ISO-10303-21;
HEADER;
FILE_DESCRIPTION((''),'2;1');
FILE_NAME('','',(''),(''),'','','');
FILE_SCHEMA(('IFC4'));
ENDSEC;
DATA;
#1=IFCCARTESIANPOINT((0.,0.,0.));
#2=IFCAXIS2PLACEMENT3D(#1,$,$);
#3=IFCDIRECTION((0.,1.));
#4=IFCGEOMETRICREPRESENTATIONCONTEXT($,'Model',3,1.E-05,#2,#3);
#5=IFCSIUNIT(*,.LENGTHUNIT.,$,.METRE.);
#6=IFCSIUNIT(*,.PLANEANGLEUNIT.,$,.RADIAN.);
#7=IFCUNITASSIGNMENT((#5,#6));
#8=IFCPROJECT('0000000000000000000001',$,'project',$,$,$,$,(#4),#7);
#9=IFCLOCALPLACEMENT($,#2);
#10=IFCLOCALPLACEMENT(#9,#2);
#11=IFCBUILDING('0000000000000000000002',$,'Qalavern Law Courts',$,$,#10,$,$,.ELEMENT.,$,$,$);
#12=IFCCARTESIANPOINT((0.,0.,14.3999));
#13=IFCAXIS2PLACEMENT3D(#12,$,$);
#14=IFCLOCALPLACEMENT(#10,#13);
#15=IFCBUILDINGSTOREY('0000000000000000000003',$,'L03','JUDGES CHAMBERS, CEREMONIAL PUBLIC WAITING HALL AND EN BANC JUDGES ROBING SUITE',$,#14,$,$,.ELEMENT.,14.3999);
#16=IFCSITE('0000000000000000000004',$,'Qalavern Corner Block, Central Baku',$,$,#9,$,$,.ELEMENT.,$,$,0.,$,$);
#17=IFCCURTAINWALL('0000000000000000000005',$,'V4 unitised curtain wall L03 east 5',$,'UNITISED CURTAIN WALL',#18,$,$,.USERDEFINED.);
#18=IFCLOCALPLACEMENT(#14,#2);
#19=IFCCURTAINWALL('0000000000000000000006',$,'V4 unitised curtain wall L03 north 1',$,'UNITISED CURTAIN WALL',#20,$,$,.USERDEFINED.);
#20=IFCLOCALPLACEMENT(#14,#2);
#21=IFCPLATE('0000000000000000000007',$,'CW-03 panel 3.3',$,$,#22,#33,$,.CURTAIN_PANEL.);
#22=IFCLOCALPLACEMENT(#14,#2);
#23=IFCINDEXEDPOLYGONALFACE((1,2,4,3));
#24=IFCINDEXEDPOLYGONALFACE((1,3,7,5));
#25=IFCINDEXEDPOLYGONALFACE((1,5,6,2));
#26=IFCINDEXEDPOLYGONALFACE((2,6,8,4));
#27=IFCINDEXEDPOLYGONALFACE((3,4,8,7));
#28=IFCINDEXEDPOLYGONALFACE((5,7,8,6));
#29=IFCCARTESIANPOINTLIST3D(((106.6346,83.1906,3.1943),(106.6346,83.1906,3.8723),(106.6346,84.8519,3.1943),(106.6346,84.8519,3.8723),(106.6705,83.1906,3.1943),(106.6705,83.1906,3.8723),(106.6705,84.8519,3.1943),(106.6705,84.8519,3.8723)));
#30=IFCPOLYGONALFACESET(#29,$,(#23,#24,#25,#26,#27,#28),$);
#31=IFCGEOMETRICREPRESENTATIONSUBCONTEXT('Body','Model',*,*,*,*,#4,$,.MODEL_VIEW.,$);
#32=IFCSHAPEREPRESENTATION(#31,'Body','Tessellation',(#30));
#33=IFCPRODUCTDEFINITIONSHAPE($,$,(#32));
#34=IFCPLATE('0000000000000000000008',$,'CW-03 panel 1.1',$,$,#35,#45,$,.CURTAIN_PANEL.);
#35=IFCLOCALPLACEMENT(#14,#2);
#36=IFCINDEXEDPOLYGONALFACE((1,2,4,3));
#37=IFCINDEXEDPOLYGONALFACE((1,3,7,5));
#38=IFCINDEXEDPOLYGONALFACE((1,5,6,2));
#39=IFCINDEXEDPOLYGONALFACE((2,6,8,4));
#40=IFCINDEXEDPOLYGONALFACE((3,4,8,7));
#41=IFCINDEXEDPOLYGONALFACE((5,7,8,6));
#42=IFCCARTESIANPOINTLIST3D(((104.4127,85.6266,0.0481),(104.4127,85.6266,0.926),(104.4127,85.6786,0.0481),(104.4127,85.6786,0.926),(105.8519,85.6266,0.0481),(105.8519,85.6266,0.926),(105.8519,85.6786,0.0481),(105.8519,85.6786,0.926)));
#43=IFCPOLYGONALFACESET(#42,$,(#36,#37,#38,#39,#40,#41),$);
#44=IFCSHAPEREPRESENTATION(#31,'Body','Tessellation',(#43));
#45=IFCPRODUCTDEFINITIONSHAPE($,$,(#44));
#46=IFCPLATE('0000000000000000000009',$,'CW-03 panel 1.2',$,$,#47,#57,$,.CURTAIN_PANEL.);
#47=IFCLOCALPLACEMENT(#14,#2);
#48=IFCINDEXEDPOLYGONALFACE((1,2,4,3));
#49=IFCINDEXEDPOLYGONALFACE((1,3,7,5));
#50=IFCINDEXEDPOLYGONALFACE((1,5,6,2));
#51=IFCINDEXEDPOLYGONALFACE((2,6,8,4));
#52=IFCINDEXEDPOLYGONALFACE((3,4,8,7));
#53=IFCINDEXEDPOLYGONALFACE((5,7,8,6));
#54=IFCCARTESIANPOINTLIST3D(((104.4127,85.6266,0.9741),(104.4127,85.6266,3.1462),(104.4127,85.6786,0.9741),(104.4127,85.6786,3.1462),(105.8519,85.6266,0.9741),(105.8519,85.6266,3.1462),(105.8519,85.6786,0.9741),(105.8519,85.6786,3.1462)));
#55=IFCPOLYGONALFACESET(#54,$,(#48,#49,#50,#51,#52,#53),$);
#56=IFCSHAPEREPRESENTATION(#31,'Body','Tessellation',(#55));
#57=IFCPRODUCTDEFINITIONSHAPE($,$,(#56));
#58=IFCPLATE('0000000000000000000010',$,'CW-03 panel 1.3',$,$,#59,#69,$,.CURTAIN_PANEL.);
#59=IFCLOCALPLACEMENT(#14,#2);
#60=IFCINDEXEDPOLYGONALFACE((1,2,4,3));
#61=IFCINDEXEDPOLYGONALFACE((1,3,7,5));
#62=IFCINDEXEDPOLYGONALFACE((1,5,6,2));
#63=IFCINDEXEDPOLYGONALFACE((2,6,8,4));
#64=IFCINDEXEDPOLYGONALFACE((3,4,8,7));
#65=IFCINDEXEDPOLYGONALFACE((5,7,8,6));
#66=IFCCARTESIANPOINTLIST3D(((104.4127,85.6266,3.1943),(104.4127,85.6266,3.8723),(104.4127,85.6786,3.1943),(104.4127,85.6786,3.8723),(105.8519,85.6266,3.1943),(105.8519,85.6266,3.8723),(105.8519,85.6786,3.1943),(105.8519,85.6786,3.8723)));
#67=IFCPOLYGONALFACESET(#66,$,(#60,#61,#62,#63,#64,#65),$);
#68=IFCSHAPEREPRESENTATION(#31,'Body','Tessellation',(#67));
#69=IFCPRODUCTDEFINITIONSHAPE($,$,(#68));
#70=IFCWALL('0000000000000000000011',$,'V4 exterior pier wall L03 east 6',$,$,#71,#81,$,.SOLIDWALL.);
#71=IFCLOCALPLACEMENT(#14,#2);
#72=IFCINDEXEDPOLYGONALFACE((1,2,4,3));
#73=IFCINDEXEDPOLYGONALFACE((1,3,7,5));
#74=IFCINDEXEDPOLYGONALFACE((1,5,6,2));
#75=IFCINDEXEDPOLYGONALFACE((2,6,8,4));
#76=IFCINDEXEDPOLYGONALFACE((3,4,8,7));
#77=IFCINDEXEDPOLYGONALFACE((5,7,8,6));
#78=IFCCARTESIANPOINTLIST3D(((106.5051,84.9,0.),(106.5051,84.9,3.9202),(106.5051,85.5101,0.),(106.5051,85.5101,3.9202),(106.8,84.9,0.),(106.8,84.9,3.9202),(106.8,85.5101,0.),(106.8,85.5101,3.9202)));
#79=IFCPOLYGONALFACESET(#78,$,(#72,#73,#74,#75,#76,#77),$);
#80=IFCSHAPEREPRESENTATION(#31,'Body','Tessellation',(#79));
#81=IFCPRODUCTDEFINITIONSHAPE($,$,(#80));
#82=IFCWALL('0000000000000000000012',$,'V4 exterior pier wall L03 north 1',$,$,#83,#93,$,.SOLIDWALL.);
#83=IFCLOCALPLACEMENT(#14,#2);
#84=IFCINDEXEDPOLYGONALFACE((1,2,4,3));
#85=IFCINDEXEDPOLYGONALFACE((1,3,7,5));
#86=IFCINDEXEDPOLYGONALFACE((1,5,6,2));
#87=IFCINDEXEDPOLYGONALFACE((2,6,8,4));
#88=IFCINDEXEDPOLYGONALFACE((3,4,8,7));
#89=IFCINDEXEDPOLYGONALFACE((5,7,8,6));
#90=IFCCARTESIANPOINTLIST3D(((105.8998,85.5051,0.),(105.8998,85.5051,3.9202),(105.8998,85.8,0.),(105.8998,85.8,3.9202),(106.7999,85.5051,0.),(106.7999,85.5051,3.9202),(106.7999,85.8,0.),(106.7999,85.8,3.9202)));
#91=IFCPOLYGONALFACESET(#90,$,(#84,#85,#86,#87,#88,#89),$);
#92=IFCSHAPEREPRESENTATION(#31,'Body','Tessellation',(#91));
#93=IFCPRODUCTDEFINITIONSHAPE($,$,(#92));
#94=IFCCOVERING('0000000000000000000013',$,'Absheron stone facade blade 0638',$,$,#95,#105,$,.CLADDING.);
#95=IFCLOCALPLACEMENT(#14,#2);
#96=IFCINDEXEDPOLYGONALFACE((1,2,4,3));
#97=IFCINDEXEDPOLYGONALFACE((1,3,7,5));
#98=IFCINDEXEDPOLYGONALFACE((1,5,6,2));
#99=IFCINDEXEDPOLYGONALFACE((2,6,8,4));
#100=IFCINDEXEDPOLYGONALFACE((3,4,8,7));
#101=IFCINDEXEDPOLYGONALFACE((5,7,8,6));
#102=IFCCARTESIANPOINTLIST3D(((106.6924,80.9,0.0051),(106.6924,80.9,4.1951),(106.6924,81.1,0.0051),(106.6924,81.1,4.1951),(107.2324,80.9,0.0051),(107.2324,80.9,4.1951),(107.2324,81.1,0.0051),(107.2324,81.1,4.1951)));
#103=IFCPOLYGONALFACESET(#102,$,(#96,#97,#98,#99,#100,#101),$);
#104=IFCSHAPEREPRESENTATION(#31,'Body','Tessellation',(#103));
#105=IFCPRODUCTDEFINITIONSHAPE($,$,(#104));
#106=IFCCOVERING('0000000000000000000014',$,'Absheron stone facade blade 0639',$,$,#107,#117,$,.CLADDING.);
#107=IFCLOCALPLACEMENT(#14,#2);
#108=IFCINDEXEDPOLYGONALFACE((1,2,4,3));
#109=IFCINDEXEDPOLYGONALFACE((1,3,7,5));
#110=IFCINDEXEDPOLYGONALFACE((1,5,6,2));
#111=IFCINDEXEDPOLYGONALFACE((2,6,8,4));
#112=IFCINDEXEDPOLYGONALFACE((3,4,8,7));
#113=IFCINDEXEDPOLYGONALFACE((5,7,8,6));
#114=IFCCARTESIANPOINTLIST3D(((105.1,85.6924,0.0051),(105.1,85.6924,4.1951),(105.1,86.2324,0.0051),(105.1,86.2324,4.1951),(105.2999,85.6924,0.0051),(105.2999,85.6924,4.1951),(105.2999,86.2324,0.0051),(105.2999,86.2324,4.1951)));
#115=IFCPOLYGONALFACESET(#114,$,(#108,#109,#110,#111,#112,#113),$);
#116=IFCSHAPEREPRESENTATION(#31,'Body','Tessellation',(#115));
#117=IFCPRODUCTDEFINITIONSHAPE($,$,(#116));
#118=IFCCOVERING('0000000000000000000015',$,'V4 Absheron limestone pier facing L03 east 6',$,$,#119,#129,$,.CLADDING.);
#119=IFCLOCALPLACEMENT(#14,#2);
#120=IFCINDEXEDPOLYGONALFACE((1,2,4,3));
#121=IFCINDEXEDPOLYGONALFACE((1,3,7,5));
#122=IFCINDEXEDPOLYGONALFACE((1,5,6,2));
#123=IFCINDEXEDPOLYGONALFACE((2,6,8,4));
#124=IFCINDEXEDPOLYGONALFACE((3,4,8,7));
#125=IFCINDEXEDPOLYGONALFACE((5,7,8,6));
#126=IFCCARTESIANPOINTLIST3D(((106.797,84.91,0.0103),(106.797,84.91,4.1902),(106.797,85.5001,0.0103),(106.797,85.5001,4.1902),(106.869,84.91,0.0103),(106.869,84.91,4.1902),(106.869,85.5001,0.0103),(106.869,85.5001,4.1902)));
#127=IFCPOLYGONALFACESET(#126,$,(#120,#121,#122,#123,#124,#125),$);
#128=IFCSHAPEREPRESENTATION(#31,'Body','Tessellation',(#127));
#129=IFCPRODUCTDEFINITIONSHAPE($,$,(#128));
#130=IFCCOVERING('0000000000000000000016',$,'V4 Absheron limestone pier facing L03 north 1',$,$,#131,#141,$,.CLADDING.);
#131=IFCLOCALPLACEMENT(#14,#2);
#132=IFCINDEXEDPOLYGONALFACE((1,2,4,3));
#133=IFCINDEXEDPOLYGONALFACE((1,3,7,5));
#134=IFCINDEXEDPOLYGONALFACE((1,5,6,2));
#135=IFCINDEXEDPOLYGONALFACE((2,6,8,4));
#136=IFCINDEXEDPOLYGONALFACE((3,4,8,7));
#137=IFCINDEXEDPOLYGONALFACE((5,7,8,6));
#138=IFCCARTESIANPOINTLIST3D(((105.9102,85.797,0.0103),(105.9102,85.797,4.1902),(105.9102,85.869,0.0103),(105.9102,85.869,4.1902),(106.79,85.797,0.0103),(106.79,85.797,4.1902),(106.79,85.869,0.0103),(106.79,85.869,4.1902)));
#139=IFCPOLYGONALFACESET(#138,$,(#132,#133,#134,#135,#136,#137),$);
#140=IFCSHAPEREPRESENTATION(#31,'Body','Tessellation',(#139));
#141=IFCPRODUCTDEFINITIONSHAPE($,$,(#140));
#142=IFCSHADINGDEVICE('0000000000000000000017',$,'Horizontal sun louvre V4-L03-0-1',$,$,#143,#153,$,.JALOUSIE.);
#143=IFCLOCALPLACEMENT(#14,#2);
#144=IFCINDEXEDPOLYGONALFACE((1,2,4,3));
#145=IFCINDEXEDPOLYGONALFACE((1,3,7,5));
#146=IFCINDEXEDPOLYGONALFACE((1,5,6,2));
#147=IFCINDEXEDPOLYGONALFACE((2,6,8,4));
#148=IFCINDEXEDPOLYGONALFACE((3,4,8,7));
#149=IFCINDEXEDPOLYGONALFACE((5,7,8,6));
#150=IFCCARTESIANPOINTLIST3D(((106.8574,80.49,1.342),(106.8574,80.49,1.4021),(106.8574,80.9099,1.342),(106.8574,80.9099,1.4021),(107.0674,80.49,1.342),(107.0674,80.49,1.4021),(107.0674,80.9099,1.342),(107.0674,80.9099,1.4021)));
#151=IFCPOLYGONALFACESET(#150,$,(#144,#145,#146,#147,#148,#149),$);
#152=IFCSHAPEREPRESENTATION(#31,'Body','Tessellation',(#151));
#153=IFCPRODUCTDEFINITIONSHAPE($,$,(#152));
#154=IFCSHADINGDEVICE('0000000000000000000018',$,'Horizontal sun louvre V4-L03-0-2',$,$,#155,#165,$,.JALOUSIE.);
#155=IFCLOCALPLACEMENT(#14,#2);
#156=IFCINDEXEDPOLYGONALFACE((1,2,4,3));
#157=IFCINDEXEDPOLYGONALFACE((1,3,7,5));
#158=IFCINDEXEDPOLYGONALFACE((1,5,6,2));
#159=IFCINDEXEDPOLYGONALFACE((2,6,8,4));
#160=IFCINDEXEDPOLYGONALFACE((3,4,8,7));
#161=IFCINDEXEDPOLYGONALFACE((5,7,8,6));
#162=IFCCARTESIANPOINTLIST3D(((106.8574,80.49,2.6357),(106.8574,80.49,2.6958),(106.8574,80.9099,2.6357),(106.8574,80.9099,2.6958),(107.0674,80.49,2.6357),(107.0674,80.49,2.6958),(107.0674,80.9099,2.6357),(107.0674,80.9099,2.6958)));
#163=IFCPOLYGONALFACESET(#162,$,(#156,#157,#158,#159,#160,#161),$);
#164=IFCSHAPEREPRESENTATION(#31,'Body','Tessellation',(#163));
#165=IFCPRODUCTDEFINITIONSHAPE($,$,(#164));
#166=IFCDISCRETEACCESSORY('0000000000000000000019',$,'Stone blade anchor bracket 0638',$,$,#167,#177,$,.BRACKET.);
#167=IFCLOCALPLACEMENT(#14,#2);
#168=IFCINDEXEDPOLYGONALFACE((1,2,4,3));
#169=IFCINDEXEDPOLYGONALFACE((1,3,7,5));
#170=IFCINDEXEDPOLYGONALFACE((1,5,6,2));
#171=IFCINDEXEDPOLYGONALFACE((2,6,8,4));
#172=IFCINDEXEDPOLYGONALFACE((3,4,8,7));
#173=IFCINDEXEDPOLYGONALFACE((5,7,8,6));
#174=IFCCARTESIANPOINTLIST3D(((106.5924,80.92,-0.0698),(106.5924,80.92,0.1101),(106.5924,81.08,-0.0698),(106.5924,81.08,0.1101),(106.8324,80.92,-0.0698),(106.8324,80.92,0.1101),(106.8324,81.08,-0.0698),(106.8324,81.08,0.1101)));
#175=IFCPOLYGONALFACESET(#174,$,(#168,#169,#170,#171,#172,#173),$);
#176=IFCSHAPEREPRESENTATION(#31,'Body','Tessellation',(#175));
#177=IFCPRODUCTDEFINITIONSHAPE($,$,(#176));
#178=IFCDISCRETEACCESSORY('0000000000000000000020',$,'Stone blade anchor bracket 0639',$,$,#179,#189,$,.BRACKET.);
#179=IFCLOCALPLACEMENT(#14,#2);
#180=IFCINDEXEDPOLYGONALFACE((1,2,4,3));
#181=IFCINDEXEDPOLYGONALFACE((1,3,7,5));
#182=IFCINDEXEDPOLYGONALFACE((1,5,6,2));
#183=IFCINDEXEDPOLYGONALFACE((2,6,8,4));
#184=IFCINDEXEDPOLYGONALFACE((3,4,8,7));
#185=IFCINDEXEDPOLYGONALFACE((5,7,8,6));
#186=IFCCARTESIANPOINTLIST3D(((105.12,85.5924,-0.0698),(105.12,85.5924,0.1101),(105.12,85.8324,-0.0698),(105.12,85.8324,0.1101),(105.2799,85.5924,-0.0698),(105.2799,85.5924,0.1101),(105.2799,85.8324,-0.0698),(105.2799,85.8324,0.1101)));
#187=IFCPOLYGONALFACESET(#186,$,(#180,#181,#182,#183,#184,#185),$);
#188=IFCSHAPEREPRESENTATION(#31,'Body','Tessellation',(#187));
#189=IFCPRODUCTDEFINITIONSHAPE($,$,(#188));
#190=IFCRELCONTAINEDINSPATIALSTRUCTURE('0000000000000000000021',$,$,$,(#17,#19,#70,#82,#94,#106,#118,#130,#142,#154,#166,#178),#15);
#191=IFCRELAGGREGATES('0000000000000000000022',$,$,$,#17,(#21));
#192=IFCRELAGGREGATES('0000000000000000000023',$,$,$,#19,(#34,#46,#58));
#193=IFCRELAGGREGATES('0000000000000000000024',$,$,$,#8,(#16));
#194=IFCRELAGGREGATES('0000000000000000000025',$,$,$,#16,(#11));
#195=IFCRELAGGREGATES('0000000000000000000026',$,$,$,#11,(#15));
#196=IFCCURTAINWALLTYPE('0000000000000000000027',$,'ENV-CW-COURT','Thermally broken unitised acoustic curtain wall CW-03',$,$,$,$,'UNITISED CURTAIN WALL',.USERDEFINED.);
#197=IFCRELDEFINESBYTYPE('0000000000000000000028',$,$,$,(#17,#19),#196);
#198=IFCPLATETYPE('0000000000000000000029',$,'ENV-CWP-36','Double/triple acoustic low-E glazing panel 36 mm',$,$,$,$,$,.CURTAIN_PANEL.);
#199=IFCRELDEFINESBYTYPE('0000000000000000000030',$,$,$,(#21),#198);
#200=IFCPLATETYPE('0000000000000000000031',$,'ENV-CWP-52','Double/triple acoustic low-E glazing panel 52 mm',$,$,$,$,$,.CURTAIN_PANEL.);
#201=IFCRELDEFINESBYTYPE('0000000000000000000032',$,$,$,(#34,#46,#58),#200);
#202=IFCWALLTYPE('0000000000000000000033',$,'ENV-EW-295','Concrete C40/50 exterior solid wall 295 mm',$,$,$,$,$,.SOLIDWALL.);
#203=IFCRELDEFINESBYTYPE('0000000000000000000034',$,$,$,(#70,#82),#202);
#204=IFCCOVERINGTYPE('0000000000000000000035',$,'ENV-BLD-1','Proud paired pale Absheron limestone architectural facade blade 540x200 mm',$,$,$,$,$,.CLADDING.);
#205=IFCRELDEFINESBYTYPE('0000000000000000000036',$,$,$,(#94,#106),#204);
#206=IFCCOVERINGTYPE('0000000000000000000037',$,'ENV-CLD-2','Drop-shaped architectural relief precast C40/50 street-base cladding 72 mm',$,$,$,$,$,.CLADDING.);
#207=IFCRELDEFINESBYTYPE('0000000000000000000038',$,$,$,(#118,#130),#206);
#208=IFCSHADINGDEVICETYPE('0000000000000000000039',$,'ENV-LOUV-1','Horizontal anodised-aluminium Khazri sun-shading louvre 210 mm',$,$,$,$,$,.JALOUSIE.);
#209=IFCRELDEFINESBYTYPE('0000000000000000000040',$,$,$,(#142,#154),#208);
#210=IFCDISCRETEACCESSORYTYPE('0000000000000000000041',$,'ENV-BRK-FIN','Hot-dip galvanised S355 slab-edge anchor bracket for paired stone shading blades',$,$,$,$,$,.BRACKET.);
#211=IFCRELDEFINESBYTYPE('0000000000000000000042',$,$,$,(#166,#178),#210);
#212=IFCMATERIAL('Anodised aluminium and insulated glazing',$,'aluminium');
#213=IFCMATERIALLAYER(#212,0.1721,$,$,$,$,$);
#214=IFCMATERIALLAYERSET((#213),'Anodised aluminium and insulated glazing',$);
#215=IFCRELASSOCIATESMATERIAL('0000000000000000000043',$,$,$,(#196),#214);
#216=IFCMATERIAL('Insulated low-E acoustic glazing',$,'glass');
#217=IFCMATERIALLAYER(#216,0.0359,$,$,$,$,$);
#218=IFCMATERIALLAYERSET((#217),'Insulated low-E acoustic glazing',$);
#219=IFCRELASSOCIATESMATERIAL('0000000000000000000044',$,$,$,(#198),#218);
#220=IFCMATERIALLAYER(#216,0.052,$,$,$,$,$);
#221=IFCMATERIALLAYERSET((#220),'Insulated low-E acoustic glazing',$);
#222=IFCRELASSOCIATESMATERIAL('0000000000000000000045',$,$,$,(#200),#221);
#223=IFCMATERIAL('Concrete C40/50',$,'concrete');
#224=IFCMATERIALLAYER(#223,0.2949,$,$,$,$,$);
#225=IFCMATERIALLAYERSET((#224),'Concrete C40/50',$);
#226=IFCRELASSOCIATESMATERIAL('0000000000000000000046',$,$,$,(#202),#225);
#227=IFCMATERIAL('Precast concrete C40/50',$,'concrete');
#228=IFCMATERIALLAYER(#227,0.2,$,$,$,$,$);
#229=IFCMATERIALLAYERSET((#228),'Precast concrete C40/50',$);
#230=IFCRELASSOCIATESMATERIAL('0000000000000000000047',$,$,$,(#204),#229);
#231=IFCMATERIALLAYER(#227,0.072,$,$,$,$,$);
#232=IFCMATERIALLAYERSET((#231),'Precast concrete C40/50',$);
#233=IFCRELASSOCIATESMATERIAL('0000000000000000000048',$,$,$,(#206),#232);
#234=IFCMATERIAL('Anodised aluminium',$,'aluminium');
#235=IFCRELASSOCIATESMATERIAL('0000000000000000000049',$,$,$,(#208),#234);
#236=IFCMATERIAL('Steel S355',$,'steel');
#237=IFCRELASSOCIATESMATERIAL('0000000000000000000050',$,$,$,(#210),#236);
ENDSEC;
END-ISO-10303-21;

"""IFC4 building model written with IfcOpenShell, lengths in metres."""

from ifc_helpers import new_model, si_unit, direction, frame, frame_2d, origin, origin_2d, place, context, subcontext, project, spatial, rectangle, extrude, material, layer, layer_set, type_object, element, aggregate, save


model = new_model("IFC4")

# Units and contexts
model_context = context("Model", 3, precision=1e-05, world=origin(), true_north=direction((0.0, 1.0)))
body_context = subcontext(model_context, "Body", "Model", "MODEL_VIEW")
ifc_project = project(units=[si_unit("LENGTHUNIT", "METRE"), si_unit("PLANEANGLEUNIT", "RADIAN")], contexts=[model_context])

# Site, building, storey
site_placement = place(None, origin())
site = spatial("IfcSite", under=ifc_project, at=site_placement, Name="Qalavern Corner Block, Central Baku", CompositionType="ELEMENT", RefElevation=0.0)
building_placement = place(site_placement, origin())
building = spatial("IfcBuilding", under=site, at=building_placement, Name="Qalavern Law Courts", CompositionType="ELEMENT")
storey_placement = place(building_placement, frame((0.0, 0.0, 14.3999)))
storey = spatial("IfcBuildingStorey", under=building, at=storey_placement, Name="L03", Description="JUDGES CHAMBERS, CEREMONIAL PUBLIC WAITING HALL AND EN BANC JUDGES ROBING SUITE", CompositionType="ELEMENT", Elevation=14.3999)

# Curtain wall
ifc_material_1 = material(Name="Anodised aluminium and insulated glazing", Category="aluminium")
ifc_layer_1 = layer(ifc_material_1, 0.1721)
ifc_layer_set_1 = layer_set([ifc_layer_1], Name="Anodised aluminium and insulated glazing")
curtain_wall_type = type_object("IfcCurtainWallType", Name="ENV-CW-COURT", Description="Thermally broken unitised acoustic curtain wall CW-03", ElementType="UNITISED CURTAIN WALL", PredefinedType="USERDEFINED", material=ifc_layer_set_1)
curtain_wall_1_placement = place(storey_placement, origin())
curtain_wall_1 = element("IfcCurtainWall", 1, at=curtain_wall_1_placement, inside=storey, type_object=curtain_wall_type, Name="V4 unitised curtain wall L03 east 5", ObjectType="UNITISED CURTAIN WALL", PredefinedType="USERDEFINED")
ifc_material_2 = material(Name="Anodised aluminium", Category="aluminium")

# Curtain wall
curtain_wall_2_placement = place(storey_placement, origin())
curtain_wall_2 = element("IfcCurtainWall", 2, at=curtain_wall_2_placement, inside=storey, type_object=curtain_wall_type, Name="V4 unitised curtain wall L03 north 1", ObjectType="UNITISED CURTAIN WALL", PredefinedType="USERDEFINED")

# Plates
ifc_material_3 = material(Name="Insulated low-E acoustic glazing", Category="glass")
ifc_layer_2 = layer(ifc_material_3, 0.0359)
ifc_layer_set_2 = layer_set([ifc_layer_2], Name="Insulated low-E acoustic glazing")
plate_type_1 = type_object("IfcPlateType", Name="ENV-CWP-36", Description="Double/triple acoustic low-E glazing panel 36 mm", PredefinedType="CURTAIN_PANEL", material=ifc_layer_set_2)
plate_1_placement = place(storey_placement, frame((106.6526, 84.0212, 3.1943), z_axis=(0.0, 0.0, 1.0), x_axis=(0.0, 1.0, 0.0)))
plate_1 = element("IfcPlate", 3, at=plate_1_placement, type_object=plate_type_1, Name="CW-03 panel 3.3", PredefinedType="CURTAIN_PANEL", context=body_context, shape_type="SweptSolid", body=[
    extrude(rectangle(XDim=1.6614, YDim=0.0359, at=origin_2d()), origin(), (0.0, 0.0, 1.0), 0.678),
])
aggregate(curtain_wall_1, [plate_1])
ifc_layer_3 = layer(ifc_material_3, 0.052)
ifc_layer_set_3 = layer_set([ifc_layer_3], Name="Insulated low-E acoustic glazing")
plate_type_2 = type_object("IfcPlateType", Name="ENV-CWP-52", Description="Double/triple acoustic low-E glazing panel 52 mm", PredefinedType="CURTAIN_PANEL", material=ifc_layer_set_3)
plate_2_placement = place(storey_placement, frame((105.1323, 85.6526, 0.0481), z_axis=(0.0, 0.0, 1.0), x_axis=(-1.0, 0.0, 0.0)))
plate_2 = element("IfcPlate", 4, at=plate_2_placement, type_object=plate_type_2, Name="CW-03 panel 1.1", PredefinedType="CURTAIN_PANEL", context=body_context, shape_type="SweptSolid", body=[
    extrude(rectangle(XDim=1.4392, YDim=0.052, at=origin_2d()), origin(), (0.0, 0.0, 1.0), 0.8779),
])
plate_3_placement = place(storey_placement, frame((105.1323, 85.6526, 0.9741), z_axis=(0.0, 0.0, 1.0), x_axis=(-1.0, 0.0, 0.0)))
plate_3 = element("IfcPlate", 5, at=plate_3_placement, type_object=plate_type_2, Name="CW-03 panel 1.2", PredefinedType="CURTAIN_PANEL", context=body_context, shape_type="SweptSolid", body=[
    extrude(rectangle(XDim=1.4392, YDim=0.052, at=origin_2d()), origin(), (0.0, 0.0, 1.0), 2.1721),
])
plate_4_placement = place(storey_placement, frame((105.1323, 85.6526, 3.1943), z_axis=(0.0, 0.0, 1.0), x_axis=(-1.0, 0.0, 0.0)))
plate_4 = element("IfcPlate", 6, at=plate_4_placement, type_object=plate_type_2, Name="CW-03 panel 1.3", PredefinedType="CURTAIN_PANEL", context=body_context, shape_type="SweptSolid", body=[
    extrude(rectangle(XDim=1.4392, YDim=0.052, at=origin_2d()), origin(), (0.0, 0.0, 1.0), 0.678),
])
aggregate(curtain_wall_2, [plate_2, plate_3, plate_4])

# Walls
ifc_material_4 = material(Name="Concrete C40/50", Category="concrete")
ifc_layer_4 = layer(ifc_material_4, 0.2949)
ifc_layer_set_4 = layer_set([ifc_layer_4], Name="Concrete C40/50")
wall_type = type_object("IfcWallType", Name="ENV-EW-295", Description="Concrete C40/50 exterior solid wall 295 mm", PredefinedType="SOLIDWALL", material=ifc_layer_set_4)
wall_1_placement = place(storey_placement, frame((106.6526, 84.8999, 0.0), z_axis=(0.0, 0.0, 1.0), x_axis=(0.0, 1.0, 0.0)))
element("IfcWall", 7, at=wall_1_placement, inside=storey, type_object=wall_type, Name="V4 exterior pier wall L03 east 6", PredefinedType="SOLIDWALL", context=body_context, shape_type="SweptSolid", body=[
    extrude(rectangle(XDim=0.6101, YDim=0.2949, at=frame_2d((0.3052, 0.0))), origin(), (0.0, 0.0, 1.0), 3.9202),
])
wall_2_placement = place(storey_placement, frame((106.8, 85.6526, 0.0), z_axis=(0.0, 0.0, 1.0), x_axis=(-1.0, 0.0, 0.0)))
element("IfcWall", 8, at=wall_2_placement, inside=storey, type_object=wall_type, Name="V4 exterior pier wall L03 north 1", PredefinedType="SOLIDWALL", context=body_context, shape_type="SweptSolid", body=[
    extrude(rectangle(XDim=0.9001, YDim=0.2949, at=frame_2d((0.4502, 0.0))), origin(), (0.0, 0.0, 1.0), 3.9202),
])

# Coverings
ifc_material_5 = material(Name="Precast concrete C40/50", Category="concrete")
ifc_layer_5 = layer(ifc_material_5, 0.2)
ifc_layer_set_5 = layer_set([ifc_layer_5], Name="Precast concrete C40/50")
covering_type_1 = type_object("IfcCoveringType", Name="ENV-BLD-1", Description="Proud paired pale Absheron limestone architectural facade blade 540x200 mm", PredefinedType="CLADDING", material=ifc_layer_set_5)
for number, where, z_axis, x_axis, name in (
    (9, (106.9624, 81.0, 0.0051), (0.0, 0.0, 1.0), (1.0, 0.0, 0.0), "Absheron stone facade blade 0638"),
    (10, (105.2, 85.9624, 0.0051), (0.0, 0.0, 1.0), (0.0, 1.0, 0.0), "Absheron stone facade blade 0639"),
):
    element("IfcCovering", number, at=place(storey_placement, frame(where, z_axis=z_axis, x_axis=x_axis)), inside=storey, type_object=covering_type_1, Name=name, PredefinedType="CLADDING", context=body_context, shape_type="SweptSolid", body=[
        extrude(rectangle(XDim=0.54, YDim=0.2, at=origin_2d()), origin(), (0.0, 0.0, 1.0), 4.1899),
    ])
ifc_layer_6 = layer(ifc_material_5, 0.072)
ifc_layer_set_6 = layer_set([ifc_layer_6], Name="Precast concrete C40/50")
covering_type_2 = type_object("IfcCoveringType", Name="ENV-CLD-2", Description="Drop-shaped architectural relief precast C40/50 street-base cladding 72 mm", PredefinedType="CLADDING", material=ifc_layer_set_6)
covering_1_placement = place(storey_placement, frame((106.833, 85.2051, 0.0103), z_axis=(0.0, 0.0, 1.0), x_axis=(0.0, 1.0, 0.0)))
element("IfcCovering", 11, at=covering_1_placement, inside=storey, type_object=covering_type_2, Name="V4 Absheron limestone pier facing L03 east 6", PredefinedType="CLADDING", context=body_context, shape_type="SweptSolid", body=[
    extrude(rectangle(XDim=0.5901, YDim=0.072, at=origin_2d()), origin(), (0.0, 0.0, 1.0), 4.1799),
])
covering_2_placement = place(storey_placement, frame((106.3501, 85.833, 0.0103), z_axis=(0.0, 0.0, 1.0), x_axis=(-1.0, 0.0, 0.0)))
element("IfcCovering", 12, at=covering_2_placement, inside=storey, type_object=covering_type_2, Name="V4 Absheron limestone pier facing L03 north 1", PredefinedType="CLADDING", context=body_context, shape_type="SweptSolid", body=[
    extrude(rectangle(XDim=0.8799, YDim=0.072, at=origin_2d()), origin(), (0.0, 0.0, 1.0), 4.1799),
])

# Shading devices
shading_device_type = type_object("IfcShadingDeviceType", Name="ENV-LOUV-1", Description="Horizontal anodised-aluminium Khazri sun-shading louvre 210 mm", PredefinedType="JALOUSIE", material=ifc_material_2)
for number, where, z_axis, x_axis, name in (
    (13, (106.9624, 80.7, 1.342), (0.0, 0.0, 1.0), (0.0, 1.0, 0.0), "Horizontal sun louvre V4-L03-0-1"),
    (14, (106.9624, 80.7, 2.6357), (0.0, 0.0, 1.0), (0.0, 1.0, 0.0), "Horizontal sun louvre V4-L03-0-2"),
):
    element("IfcShadingDevice", number, at=place(storey_placement, frame(where, z_axis=z_axis, x_axis=x_axis)), inside=storey, type_object=shading_device_type, Name=name, PredefinedType="JALOUSIE", context=body_context, shape_type="SweptSolid", body=[
        extrude(rectangle(XDim=0.4199, YDim=0.21, at=origin_2d()), origin(), (0.0, 0.0, 1.0), 0.0601),
    ])

# Discrete accessories
ifc_material_6 = material(Name="Steel S355", Category="steel")
discrete_accessory_type = type_object("IfcDiscreteAccessoryType", Name="ENV-BRK-FIN", Description="Hot-dip galvanised S355 slab-edge anchor bracket for paired stone shading blades", PredefinedType="BRACKET", material=ifc_material_6)
for number, where, z_axis, x_axis, name in (
    (15, (106.7124, 81.0, -0.0698), (0.0, 0.0, 1.0), (1.0, 0.0, 0.0), "Stone blade anchor bracket 0638"),
    (16, (105.2, 85.7124, -0.0698), (0.0, 0.0, 1.0), (0.0, 1.0, 0.0), "Stone blade anchor bracket 0639"),
):
    element("IfcDiscreteAccessory", number, at=place(storey_placement, frame(where, z_axis=z_axis, x_axis=x_axis)), inside=storey, type_object=discrete_accessory_type, Name=name, PredefinedType="BRACKET", context=body_context, shape_type="SweptSolid", body=[
        extrude(rectangle(XDim=0.24, YDim=0.1599, at=origin_2d()), origin(), (0.0, 0.0, 1.0), 0.1799),
    ])

save(model, "model.ifc")
